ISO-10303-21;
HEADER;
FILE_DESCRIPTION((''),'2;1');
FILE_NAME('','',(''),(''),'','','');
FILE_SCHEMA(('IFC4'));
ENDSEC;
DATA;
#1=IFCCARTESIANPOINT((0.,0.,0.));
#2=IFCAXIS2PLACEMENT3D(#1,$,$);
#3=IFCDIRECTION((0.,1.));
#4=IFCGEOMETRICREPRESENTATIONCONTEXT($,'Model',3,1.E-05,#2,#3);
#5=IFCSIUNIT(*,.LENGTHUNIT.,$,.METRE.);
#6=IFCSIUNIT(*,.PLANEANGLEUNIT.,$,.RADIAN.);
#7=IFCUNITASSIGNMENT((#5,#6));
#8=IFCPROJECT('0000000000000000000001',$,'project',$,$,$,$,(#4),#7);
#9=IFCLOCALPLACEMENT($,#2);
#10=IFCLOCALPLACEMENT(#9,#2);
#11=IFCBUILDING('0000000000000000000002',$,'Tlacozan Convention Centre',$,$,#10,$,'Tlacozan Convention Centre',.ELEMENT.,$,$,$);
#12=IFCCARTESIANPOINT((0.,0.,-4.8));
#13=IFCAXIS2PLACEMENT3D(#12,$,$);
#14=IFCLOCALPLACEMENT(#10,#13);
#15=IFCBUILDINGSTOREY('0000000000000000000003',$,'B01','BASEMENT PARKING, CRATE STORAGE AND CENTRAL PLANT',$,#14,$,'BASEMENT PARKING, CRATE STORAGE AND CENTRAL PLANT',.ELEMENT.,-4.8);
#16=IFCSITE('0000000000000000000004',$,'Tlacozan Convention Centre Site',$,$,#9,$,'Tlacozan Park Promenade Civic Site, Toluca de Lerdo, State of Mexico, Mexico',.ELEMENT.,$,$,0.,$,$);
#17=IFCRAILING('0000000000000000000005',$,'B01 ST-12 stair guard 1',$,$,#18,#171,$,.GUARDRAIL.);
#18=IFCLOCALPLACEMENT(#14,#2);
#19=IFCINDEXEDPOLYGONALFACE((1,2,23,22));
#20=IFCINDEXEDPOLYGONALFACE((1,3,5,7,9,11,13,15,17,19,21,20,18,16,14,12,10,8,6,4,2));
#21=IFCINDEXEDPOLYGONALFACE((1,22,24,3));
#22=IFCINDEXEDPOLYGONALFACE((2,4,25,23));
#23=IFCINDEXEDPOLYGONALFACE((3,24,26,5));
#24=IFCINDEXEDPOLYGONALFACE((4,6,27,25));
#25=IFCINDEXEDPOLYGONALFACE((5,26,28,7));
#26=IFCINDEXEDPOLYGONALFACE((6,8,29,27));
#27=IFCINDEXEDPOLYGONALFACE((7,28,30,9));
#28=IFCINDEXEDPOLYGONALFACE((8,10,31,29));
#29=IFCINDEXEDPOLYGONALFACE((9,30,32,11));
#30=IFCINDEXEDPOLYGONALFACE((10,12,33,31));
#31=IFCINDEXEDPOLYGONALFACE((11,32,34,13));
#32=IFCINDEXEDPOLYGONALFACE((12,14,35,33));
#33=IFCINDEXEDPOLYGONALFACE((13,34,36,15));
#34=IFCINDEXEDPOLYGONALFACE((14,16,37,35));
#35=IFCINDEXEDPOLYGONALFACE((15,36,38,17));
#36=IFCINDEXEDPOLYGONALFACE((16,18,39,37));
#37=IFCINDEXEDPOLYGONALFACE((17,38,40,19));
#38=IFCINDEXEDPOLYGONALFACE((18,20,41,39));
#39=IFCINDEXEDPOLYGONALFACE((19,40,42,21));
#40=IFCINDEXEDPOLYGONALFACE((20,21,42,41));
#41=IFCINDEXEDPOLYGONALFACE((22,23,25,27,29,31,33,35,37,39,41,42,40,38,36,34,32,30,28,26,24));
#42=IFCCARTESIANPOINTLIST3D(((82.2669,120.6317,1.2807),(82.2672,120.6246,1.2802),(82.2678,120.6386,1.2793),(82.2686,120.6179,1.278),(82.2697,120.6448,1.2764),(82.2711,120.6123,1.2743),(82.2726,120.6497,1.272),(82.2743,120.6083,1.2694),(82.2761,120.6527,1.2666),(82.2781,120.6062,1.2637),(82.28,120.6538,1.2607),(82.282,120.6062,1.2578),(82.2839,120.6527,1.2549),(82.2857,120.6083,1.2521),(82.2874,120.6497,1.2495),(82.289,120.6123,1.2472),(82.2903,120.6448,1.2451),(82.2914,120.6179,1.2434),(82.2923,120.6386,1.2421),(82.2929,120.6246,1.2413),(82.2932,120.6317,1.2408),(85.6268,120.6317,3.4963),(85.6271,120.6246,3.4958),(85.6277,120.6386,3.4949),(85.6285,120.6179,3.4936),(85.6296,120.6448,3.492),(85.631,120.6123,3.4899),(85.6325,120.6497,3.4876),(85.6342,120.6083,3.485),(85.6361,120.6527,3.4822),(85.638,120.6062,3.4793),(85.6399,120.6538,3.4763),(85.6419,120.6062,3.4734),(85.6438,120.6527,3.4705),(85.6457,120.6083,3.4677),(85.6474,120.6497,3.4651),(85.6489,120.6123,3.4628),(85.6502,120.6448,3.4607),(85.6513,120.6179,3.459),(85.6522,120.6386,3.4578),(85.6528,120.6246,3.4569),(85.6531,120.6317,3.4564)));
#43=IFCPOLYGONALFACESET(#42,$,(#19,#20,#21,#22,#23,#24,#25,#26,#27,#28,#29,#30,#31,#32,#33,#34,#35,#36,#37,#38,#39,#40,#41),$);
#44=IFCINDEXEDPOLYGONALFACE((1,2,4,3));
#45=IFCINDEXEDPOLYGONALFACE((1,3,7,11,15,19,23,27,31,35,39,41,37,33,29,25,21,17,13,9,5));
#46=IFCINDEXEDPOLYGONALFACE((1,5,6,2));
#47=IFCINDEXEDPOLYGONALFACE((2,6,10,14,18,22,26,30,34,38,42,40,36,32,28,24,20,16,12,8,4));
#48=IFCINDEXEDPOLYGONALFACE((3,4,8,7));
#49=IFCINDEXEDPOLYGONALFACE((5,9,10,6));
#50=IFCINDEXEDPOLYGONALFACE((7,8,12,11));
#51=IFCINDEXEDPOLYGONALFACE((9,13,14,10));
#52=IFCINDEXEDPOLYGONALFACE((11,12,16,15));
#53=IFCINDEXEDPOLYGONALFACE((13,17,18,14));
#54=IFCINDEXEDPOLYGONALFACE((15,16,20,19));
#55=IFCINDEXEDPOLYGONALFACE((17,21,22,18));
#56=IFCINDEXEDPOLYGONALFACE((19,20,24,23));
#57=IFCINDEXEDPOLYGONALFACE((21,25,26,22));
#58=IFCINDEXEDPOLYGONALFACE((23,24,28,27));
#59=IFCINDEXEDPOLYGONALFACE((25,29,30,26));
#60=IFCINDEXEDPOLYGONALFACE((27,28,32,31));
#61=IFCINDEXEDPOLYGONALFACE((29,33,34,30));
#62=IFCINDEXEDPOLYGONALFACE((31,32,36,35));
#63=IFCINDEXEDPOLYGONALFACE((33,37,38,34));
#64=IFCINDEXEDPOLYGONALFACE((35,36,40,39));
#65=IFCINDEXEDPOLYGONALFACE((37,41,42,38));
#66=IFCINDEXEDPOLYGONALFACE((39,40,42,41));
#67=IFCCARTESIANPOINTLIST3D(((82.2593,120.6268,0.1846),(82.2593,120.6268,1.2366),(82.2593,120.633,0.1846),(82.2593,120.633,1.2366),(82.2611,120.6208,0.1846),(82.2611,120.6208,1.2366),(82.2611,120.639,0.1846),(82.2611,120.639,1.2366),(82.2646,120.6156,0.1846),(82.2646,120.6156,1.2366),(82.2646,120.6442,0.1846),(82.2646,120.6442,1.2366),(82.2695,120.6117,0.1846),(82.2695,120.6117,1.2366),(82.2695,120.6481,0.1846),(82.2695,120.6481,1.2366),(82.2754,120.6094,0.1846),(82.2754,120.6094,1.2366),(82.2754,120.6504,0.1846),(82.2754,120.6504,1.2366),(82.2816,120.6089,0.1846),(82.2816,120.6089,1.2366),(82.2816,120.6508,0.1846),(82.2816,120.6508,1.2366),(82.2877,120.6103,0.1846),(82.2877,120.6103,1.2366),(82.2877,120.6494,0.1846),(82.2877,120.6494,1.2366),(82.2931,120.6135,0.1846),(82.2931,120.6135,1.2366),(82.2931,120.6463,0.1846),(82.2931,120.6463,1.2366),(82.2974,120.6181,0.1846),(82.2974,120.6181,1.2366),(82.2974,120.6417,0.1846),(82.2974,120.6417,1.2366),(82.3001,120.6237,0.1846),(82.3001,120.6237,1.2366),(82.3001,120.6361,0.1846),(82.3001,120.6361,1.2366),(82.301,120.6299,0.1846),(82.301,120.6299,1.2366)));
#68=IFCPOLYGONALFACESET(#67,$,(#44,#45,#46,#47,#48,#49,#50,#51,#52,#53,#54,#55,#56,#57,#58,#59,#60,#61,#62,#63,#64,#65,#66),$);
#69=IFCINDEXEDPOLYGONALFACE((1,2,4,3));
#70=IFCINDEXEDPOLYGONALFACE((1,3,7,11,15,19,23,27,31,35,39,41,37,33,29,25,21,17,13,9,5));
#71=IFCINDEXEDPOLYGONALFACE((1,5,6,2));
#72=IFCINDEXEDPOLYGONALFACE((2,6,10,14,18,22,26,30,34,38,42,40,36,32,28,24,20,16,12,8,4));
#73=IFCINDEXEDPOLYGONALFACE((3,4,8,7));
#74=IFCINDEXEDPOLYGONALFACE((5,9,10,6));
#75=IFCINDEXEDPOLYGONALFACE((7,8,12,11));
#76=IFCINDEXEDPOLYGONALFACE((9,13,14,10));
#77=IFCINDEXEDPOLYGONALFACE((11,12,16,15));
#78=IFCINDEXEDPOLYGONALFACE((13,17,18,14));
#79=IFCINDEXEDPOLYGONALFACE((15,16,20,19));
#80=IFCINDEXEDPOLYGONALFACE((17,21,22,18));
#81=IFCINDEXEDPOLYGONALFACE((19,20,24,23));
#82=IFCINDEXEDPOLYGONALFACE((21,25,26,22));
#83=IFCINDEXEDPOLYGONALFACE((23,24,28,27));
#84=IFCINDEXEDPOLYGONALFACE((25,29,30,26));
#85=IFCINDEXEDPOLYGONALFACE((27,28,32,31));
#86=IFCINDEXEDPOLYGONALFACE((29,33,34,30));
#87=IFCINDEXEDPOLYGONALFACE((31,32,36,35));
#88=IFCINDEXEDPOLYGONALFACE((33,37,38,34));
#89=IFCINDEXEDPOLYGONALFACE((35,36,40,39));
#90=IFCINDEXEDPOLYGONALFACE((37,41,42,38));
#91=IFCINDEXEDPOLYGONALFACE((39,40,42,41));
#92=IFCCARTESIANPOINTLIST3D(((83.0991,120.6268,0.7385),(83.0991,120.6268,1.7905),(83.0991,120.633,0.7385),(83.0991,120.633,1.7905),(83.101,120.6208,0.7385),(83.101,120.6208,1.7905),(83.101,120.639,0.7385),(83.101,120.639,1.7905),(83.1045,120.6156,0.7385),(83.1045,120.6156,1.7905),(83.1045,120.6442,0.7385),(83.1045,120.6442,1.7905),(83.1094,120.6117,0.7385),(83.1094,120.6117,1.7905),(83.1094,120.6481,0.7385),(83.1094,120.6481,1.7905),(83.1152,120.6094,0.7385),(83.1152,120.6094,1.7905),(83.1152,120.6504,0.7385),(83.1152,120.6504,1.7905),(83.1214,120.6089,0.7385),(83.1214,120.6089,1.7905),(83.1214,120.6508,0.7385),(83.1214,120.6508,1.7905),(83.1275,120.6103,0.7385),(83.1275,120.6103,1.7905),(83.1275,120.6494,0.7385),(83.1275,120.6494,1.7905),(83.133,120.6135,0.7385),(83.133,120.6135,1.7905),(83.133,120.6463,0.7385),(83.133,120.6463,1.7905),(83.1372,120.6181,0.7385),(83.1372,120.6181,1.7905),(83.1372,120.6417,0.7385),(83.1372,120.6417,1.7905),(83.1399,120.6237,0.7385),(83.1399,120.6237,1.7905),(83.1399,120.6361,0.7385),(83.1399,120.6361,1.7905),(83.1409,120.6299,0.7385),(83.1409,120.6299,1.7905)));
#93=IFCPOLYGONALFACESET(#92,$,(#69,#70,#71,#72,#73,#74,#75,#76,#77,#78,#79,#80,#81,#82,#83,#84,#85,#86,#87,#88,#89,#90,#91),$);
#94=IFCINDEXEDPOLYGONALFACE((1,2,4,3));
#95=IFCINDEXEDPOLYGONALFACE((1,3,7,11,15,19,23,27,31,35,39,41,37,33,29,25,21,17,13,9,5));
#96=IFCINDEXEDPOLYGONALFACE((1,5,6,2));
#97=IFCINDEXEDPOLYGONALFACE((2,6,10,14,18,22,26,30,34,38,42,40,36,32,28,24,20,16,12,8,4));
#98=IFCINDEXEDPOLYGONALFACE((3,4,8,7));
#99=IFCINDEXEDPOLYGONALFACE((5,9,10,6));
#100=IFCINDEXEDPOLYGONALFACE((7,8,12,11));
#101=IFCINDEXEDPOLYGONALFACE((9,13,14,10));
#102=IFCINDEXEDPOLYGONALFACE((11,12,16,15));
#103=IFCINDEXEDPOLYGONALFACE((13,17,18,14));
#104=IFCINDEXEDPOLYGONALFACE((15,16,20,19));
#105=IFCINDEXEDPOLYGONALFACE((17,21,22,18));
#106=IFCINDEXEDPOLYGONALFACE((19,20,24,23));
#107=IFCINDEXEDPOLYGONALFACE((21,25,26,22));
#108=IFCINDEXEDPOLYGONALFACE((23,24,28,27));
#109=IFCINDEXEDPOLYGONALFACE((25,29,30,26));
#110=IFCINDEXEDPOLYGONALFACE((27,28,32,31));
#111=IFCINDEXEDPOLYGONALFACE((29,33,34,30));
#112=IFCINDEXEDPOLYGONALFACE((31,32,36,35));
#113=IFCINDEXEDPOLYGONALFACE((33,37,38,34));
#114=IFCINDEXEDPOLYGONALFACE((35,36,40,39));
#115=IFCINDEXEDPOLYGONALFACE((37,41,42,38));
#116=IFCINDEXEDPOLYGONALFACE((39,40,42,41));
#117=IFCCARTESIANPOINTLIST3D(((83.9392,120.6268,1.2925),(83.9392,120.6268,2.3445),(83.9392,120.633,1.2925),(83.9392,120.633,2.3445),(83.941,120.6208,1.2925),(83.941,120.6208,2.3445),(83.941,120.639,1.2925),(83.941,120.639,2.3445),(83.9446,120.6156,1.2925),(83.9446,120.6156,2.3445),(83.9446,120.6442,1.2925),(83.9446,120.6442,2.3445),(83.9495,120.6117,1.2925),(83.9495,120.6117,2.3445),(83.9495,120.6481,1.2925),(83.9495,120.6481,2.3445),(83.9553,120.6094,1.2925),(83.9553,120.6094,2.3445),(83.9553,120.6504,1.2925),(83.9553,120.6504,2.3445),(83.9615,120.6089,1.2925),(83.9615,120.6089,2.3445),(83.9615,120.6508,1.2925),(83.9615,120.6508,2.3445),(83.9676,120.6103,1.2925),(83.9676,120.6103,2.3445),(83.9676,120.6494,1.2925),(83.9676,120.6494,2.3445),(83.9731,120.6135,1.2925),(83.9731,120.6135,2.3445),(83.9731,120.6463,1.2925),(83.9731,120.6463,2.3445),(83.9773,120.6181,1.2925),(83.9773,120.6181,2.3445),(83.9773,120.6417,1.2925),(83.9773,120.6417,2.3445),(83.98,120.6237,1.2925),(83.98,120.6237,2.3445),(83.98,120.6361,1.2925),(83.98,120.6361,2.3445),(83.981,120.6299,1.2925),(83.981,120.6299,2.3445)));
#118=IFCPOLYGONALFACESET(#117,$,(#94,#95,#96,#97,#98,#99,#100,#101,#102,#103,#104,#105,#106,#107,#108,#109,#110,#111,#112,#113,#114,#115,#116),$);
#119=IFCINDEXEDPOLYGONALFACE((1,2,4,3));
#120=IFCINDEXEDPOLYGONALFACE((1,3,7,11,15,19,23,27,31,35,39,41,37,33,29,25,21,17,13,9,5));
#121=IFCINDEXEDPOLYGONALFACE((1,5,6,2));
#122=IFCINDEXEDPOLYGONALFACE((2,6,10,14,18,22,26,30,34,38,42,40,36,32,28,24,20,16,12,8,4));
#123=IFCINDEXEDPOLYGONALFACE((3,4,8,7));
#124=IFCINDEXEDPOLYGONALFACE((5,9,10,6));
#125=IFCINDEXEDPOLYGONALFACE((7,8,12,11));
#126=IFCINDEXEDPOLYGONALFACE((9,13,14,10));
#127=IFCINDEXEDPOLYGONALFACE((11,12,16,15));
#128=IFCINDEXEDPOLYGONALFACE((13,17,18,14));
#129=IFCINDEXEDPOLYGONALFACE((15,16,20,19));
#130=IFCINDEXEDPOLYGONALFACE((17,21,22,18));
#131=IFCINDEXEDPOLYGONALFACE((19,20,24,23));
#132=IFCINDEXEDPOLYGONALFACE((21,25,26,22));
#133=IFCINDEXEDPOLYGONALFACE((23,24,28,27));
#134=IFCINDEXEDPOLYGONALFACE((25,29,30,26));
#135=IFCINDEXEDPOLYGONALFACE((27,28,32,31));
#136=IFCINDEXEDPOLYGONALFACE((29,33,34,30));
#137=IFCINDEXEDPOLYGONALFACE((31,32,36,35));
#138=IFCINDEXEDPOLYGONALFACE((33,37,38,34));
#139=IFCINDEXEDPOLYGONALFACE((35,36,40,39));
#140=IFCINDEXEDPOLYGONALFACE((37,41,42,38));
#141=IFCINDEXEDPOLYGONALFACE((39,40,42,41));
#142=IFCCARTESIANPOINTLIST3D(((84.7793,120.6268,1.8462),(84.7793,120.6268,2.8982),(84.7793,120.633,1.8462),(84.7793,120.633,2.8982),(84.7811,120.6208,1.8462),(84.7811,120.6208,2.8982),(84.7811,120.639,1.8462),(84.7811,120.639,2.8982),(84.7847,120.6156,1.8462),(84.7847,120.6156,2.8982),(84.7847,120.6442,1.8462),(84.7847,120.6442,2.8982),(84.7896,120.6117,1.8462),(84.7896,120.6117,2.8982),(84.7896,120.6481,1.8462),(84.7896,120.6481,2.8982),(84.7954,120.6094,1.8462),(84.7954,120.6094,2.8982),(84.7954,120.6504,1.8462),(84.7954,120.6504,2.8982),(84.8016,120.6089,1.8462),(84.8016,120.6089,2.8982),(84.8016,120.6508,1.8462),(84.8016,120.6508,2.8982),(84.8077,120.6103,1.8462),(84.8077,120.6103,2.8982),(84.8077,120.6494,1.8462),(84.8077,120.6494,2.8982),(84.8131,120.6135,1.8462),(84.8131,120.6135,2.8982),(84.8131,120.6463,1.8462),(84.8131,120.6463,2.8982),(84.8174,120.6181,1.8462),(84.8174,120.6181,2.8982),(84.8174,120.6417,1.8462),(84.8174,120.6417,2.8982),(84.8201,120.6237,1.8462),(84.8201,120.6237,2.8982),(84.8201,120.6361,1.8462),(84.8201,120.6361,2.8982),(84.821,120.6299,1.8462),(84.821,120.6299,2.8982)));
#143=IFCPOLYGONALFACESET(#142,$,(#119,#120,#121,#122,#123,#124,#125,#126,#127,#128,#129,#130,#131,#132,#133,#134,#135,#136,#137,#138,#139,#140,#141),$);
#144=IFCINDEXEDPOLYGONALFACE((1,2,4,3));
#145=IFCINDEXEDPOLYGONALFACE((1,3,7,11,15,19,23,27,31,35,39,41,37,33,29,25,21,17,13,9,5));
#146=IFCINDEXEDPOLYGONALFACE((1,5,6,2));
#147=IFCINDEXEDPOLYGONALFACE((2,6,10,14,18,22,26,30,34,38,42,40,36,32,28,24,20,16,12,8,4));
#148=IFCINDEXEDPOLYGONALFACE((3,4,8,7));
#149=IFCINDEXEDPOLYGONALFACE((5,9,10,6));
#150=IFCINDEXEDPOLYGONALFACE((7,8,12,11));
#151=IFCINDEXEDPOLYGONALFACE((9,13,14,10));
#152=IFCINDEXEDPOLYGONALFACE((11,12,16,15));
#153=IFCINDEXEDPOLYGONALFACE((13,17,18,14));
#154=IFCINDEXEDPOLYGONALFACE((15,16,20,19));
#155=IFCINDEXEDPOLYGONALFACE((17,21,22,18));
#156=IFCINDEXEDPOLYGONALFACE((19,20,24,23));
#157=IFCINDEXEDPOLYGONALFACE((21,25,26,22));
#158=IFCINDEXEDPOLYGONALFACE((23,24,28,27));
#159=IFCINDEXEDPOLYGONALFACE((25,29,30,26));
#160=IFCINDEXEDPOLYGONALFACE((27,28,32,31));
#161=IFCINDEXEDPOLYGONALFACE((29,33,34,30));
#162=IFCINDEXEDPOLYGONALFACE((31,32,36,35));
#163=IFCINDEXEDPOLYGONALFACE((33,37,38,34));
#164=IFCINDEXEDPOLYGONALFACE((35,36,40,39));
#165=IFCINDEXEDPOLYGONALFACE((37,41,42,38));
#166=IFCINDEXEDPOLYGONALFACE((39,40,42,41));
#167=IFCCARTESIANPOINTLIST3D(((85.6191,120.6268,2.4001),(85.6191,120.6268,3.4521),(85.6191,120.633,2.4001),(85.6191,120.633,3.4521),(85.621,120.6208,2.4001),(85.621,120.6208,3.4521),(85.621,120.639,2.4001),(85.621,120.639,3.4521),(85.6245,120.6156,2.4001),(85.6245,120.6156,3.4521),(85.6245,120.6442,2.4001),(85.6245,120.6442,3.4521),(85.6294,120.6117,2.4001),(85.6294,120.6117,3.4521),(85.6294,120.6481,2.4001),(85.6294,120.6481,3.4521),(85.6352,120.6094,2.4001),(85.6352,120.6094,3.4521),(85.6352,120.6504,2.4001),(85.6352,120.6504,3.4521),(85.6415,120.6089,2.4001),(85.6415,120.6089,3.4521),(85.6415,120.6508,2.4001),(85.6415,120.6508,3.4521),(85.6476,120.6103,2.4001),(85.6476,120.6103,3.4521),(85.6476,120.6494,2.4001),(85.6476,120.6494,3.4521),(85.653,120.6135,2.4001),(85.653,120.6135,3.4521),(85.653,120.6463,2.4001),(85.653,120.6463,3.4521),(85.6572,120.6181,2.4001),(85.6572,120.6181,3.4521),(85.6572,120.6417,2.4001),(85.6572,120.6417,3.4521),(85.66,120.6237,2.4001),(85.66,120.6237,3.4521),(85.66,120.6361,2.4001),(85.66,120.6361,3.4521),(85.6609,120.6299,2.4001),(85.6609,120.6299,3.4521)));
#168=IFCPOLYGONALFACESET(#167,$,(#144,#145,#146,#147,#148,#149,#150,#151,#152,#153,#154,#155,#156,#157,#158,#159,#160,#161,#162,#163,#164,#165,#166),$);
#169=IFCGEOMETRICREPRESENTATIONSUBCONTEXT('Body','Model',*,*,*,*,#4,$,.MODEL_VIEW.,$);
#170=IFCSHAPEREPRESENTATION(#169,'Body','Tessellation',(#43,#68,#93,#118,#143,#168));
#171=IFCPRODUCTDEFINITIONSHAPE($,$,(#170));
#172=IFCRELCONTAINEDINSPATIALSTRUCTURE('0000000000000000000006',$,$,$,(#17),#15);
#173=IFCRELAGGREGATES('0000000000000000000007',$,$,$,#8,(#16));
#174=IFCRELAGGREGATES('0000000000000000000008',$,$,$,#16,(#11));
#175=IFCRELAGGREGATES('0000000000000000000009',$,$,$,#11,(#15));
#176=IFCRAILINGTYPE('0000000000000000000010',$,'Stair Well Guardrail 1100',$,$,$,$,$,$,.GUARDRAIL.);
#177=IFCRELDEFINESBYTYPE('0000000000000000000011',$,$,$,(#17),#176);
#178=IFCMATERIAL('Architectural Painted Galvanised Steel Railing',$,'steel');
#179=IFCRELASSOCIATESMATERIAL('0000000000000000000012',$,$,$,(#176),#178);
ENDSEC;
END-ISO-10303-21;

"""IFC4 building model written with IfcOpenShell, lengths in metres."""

from ifc_helpers import new_model, si_unit, direction, frame, origin, origin_2d, place, context, subcontext, project, spatial, circle, extrude, material, type_object, element, save


model = new_model("IFC4")

# Units and contexts
model_context = context("Model", 3, precision=1e-05, world=origin(), true_north=direction((0.0, 1.0)))
body_context = subcontext(model_context, "Body", "Model", "MODEL_VIEW")
ifc_project = project(units=[si_unit("LENGTHUNIT", "METRE"), si_unit("PLANEANGLEUNIT", "RADIAN")], contexts=[model_context])

# Site, building, storey
site_placement = place(None, origin())
site = spatial("IfcSite", under=ifc_project, at=site_placement, Name="Tlacozan Convention Centre Site", LongName="Tlacozan Park Promenade Civic Site, Toluca de Lerdo, State of Mexico, Mexico", CompositionType="ELEMENT", RefElevation=0.0)
building_placement = place(site_placement, origin())
building = spatial("IfcBuilding", under=site, at=building_placement, Name="Tlacozan Convention Centre", LongName="Tlacozan Convention Centre", CompositionType="ELEMENT")
storey_placement = place(building_placement, frame((0.0, 0.0, -4.8)))
storey = spatial("IfcBuildingStorey", under=building, at=storey_placement, Name="B01", Description="BASEMENT PARKING, CRATE STORAGE AND CENTRAL PLANT", LongName="BASEMENT PARKING, CRATE STORAGE AND CENTRAL PLANT", CompositionType="ELEMENT", Elevation=-4.8)

# Railing
ifc_material_1 = material(Name="Architectural Painted Galvanised Steel Railing", Category="steel")
railing_type_1 = type_object("IfcRailingType", Name="Stair Well Guardrail 1100", PredefinedType="GUARDRAIL", material=ifc_material_1)
railing_1_placement = place(storey_placement, frame((82.28, 120.6299, 0.1846)))
element("IfcRailing", 1, at=railing_1_placement, inside=storey, type_object=railing_type_1, Name="B01 ST-12 stair guard 1", PredefinedType="GUARDRAIL", context=body_context, shape_type="SweptSolid", body=[
    extrude(circle(Radius=0.0239, at=origin_2d()), frame((0.0, 0.0, 1.0762), z_axis=(0.83483, 0.0, 0.550508), x_axis=(0.0, 1.0, 0.0)), (0.0, 0.0, 1.0), 4.0247),
    extrude(circle(Radius=0.021, at=origin_2d()), origin(), (0.0, 0.0, 1.0), 1.052),
    extrude(circle(Radius=0.021, at=origin_2d()), frame((0.8398, 0.0, 0.554)), (0.0, 0.0, 1.0), 1.052),
    extrude(circle(Radius=0.021, at=origin_2d()), frame((1.6799, 0.0, 1.1079)), (0.0, 0.0, 1.0), 1.052),
    extrude(circle(Radius=0.021, at=origin_2d()), frame((2.52, 0.0, 1.6616)), (0.0, 0.0, 1.0), 1.052),
    extrude(circle(Radius=0.021, at=origin_2d()), frame((3.3599, 0.0, 2.2156)), (0.0, 0.0, 1.0), 1.052),
])

save(model, "model.ifc")
